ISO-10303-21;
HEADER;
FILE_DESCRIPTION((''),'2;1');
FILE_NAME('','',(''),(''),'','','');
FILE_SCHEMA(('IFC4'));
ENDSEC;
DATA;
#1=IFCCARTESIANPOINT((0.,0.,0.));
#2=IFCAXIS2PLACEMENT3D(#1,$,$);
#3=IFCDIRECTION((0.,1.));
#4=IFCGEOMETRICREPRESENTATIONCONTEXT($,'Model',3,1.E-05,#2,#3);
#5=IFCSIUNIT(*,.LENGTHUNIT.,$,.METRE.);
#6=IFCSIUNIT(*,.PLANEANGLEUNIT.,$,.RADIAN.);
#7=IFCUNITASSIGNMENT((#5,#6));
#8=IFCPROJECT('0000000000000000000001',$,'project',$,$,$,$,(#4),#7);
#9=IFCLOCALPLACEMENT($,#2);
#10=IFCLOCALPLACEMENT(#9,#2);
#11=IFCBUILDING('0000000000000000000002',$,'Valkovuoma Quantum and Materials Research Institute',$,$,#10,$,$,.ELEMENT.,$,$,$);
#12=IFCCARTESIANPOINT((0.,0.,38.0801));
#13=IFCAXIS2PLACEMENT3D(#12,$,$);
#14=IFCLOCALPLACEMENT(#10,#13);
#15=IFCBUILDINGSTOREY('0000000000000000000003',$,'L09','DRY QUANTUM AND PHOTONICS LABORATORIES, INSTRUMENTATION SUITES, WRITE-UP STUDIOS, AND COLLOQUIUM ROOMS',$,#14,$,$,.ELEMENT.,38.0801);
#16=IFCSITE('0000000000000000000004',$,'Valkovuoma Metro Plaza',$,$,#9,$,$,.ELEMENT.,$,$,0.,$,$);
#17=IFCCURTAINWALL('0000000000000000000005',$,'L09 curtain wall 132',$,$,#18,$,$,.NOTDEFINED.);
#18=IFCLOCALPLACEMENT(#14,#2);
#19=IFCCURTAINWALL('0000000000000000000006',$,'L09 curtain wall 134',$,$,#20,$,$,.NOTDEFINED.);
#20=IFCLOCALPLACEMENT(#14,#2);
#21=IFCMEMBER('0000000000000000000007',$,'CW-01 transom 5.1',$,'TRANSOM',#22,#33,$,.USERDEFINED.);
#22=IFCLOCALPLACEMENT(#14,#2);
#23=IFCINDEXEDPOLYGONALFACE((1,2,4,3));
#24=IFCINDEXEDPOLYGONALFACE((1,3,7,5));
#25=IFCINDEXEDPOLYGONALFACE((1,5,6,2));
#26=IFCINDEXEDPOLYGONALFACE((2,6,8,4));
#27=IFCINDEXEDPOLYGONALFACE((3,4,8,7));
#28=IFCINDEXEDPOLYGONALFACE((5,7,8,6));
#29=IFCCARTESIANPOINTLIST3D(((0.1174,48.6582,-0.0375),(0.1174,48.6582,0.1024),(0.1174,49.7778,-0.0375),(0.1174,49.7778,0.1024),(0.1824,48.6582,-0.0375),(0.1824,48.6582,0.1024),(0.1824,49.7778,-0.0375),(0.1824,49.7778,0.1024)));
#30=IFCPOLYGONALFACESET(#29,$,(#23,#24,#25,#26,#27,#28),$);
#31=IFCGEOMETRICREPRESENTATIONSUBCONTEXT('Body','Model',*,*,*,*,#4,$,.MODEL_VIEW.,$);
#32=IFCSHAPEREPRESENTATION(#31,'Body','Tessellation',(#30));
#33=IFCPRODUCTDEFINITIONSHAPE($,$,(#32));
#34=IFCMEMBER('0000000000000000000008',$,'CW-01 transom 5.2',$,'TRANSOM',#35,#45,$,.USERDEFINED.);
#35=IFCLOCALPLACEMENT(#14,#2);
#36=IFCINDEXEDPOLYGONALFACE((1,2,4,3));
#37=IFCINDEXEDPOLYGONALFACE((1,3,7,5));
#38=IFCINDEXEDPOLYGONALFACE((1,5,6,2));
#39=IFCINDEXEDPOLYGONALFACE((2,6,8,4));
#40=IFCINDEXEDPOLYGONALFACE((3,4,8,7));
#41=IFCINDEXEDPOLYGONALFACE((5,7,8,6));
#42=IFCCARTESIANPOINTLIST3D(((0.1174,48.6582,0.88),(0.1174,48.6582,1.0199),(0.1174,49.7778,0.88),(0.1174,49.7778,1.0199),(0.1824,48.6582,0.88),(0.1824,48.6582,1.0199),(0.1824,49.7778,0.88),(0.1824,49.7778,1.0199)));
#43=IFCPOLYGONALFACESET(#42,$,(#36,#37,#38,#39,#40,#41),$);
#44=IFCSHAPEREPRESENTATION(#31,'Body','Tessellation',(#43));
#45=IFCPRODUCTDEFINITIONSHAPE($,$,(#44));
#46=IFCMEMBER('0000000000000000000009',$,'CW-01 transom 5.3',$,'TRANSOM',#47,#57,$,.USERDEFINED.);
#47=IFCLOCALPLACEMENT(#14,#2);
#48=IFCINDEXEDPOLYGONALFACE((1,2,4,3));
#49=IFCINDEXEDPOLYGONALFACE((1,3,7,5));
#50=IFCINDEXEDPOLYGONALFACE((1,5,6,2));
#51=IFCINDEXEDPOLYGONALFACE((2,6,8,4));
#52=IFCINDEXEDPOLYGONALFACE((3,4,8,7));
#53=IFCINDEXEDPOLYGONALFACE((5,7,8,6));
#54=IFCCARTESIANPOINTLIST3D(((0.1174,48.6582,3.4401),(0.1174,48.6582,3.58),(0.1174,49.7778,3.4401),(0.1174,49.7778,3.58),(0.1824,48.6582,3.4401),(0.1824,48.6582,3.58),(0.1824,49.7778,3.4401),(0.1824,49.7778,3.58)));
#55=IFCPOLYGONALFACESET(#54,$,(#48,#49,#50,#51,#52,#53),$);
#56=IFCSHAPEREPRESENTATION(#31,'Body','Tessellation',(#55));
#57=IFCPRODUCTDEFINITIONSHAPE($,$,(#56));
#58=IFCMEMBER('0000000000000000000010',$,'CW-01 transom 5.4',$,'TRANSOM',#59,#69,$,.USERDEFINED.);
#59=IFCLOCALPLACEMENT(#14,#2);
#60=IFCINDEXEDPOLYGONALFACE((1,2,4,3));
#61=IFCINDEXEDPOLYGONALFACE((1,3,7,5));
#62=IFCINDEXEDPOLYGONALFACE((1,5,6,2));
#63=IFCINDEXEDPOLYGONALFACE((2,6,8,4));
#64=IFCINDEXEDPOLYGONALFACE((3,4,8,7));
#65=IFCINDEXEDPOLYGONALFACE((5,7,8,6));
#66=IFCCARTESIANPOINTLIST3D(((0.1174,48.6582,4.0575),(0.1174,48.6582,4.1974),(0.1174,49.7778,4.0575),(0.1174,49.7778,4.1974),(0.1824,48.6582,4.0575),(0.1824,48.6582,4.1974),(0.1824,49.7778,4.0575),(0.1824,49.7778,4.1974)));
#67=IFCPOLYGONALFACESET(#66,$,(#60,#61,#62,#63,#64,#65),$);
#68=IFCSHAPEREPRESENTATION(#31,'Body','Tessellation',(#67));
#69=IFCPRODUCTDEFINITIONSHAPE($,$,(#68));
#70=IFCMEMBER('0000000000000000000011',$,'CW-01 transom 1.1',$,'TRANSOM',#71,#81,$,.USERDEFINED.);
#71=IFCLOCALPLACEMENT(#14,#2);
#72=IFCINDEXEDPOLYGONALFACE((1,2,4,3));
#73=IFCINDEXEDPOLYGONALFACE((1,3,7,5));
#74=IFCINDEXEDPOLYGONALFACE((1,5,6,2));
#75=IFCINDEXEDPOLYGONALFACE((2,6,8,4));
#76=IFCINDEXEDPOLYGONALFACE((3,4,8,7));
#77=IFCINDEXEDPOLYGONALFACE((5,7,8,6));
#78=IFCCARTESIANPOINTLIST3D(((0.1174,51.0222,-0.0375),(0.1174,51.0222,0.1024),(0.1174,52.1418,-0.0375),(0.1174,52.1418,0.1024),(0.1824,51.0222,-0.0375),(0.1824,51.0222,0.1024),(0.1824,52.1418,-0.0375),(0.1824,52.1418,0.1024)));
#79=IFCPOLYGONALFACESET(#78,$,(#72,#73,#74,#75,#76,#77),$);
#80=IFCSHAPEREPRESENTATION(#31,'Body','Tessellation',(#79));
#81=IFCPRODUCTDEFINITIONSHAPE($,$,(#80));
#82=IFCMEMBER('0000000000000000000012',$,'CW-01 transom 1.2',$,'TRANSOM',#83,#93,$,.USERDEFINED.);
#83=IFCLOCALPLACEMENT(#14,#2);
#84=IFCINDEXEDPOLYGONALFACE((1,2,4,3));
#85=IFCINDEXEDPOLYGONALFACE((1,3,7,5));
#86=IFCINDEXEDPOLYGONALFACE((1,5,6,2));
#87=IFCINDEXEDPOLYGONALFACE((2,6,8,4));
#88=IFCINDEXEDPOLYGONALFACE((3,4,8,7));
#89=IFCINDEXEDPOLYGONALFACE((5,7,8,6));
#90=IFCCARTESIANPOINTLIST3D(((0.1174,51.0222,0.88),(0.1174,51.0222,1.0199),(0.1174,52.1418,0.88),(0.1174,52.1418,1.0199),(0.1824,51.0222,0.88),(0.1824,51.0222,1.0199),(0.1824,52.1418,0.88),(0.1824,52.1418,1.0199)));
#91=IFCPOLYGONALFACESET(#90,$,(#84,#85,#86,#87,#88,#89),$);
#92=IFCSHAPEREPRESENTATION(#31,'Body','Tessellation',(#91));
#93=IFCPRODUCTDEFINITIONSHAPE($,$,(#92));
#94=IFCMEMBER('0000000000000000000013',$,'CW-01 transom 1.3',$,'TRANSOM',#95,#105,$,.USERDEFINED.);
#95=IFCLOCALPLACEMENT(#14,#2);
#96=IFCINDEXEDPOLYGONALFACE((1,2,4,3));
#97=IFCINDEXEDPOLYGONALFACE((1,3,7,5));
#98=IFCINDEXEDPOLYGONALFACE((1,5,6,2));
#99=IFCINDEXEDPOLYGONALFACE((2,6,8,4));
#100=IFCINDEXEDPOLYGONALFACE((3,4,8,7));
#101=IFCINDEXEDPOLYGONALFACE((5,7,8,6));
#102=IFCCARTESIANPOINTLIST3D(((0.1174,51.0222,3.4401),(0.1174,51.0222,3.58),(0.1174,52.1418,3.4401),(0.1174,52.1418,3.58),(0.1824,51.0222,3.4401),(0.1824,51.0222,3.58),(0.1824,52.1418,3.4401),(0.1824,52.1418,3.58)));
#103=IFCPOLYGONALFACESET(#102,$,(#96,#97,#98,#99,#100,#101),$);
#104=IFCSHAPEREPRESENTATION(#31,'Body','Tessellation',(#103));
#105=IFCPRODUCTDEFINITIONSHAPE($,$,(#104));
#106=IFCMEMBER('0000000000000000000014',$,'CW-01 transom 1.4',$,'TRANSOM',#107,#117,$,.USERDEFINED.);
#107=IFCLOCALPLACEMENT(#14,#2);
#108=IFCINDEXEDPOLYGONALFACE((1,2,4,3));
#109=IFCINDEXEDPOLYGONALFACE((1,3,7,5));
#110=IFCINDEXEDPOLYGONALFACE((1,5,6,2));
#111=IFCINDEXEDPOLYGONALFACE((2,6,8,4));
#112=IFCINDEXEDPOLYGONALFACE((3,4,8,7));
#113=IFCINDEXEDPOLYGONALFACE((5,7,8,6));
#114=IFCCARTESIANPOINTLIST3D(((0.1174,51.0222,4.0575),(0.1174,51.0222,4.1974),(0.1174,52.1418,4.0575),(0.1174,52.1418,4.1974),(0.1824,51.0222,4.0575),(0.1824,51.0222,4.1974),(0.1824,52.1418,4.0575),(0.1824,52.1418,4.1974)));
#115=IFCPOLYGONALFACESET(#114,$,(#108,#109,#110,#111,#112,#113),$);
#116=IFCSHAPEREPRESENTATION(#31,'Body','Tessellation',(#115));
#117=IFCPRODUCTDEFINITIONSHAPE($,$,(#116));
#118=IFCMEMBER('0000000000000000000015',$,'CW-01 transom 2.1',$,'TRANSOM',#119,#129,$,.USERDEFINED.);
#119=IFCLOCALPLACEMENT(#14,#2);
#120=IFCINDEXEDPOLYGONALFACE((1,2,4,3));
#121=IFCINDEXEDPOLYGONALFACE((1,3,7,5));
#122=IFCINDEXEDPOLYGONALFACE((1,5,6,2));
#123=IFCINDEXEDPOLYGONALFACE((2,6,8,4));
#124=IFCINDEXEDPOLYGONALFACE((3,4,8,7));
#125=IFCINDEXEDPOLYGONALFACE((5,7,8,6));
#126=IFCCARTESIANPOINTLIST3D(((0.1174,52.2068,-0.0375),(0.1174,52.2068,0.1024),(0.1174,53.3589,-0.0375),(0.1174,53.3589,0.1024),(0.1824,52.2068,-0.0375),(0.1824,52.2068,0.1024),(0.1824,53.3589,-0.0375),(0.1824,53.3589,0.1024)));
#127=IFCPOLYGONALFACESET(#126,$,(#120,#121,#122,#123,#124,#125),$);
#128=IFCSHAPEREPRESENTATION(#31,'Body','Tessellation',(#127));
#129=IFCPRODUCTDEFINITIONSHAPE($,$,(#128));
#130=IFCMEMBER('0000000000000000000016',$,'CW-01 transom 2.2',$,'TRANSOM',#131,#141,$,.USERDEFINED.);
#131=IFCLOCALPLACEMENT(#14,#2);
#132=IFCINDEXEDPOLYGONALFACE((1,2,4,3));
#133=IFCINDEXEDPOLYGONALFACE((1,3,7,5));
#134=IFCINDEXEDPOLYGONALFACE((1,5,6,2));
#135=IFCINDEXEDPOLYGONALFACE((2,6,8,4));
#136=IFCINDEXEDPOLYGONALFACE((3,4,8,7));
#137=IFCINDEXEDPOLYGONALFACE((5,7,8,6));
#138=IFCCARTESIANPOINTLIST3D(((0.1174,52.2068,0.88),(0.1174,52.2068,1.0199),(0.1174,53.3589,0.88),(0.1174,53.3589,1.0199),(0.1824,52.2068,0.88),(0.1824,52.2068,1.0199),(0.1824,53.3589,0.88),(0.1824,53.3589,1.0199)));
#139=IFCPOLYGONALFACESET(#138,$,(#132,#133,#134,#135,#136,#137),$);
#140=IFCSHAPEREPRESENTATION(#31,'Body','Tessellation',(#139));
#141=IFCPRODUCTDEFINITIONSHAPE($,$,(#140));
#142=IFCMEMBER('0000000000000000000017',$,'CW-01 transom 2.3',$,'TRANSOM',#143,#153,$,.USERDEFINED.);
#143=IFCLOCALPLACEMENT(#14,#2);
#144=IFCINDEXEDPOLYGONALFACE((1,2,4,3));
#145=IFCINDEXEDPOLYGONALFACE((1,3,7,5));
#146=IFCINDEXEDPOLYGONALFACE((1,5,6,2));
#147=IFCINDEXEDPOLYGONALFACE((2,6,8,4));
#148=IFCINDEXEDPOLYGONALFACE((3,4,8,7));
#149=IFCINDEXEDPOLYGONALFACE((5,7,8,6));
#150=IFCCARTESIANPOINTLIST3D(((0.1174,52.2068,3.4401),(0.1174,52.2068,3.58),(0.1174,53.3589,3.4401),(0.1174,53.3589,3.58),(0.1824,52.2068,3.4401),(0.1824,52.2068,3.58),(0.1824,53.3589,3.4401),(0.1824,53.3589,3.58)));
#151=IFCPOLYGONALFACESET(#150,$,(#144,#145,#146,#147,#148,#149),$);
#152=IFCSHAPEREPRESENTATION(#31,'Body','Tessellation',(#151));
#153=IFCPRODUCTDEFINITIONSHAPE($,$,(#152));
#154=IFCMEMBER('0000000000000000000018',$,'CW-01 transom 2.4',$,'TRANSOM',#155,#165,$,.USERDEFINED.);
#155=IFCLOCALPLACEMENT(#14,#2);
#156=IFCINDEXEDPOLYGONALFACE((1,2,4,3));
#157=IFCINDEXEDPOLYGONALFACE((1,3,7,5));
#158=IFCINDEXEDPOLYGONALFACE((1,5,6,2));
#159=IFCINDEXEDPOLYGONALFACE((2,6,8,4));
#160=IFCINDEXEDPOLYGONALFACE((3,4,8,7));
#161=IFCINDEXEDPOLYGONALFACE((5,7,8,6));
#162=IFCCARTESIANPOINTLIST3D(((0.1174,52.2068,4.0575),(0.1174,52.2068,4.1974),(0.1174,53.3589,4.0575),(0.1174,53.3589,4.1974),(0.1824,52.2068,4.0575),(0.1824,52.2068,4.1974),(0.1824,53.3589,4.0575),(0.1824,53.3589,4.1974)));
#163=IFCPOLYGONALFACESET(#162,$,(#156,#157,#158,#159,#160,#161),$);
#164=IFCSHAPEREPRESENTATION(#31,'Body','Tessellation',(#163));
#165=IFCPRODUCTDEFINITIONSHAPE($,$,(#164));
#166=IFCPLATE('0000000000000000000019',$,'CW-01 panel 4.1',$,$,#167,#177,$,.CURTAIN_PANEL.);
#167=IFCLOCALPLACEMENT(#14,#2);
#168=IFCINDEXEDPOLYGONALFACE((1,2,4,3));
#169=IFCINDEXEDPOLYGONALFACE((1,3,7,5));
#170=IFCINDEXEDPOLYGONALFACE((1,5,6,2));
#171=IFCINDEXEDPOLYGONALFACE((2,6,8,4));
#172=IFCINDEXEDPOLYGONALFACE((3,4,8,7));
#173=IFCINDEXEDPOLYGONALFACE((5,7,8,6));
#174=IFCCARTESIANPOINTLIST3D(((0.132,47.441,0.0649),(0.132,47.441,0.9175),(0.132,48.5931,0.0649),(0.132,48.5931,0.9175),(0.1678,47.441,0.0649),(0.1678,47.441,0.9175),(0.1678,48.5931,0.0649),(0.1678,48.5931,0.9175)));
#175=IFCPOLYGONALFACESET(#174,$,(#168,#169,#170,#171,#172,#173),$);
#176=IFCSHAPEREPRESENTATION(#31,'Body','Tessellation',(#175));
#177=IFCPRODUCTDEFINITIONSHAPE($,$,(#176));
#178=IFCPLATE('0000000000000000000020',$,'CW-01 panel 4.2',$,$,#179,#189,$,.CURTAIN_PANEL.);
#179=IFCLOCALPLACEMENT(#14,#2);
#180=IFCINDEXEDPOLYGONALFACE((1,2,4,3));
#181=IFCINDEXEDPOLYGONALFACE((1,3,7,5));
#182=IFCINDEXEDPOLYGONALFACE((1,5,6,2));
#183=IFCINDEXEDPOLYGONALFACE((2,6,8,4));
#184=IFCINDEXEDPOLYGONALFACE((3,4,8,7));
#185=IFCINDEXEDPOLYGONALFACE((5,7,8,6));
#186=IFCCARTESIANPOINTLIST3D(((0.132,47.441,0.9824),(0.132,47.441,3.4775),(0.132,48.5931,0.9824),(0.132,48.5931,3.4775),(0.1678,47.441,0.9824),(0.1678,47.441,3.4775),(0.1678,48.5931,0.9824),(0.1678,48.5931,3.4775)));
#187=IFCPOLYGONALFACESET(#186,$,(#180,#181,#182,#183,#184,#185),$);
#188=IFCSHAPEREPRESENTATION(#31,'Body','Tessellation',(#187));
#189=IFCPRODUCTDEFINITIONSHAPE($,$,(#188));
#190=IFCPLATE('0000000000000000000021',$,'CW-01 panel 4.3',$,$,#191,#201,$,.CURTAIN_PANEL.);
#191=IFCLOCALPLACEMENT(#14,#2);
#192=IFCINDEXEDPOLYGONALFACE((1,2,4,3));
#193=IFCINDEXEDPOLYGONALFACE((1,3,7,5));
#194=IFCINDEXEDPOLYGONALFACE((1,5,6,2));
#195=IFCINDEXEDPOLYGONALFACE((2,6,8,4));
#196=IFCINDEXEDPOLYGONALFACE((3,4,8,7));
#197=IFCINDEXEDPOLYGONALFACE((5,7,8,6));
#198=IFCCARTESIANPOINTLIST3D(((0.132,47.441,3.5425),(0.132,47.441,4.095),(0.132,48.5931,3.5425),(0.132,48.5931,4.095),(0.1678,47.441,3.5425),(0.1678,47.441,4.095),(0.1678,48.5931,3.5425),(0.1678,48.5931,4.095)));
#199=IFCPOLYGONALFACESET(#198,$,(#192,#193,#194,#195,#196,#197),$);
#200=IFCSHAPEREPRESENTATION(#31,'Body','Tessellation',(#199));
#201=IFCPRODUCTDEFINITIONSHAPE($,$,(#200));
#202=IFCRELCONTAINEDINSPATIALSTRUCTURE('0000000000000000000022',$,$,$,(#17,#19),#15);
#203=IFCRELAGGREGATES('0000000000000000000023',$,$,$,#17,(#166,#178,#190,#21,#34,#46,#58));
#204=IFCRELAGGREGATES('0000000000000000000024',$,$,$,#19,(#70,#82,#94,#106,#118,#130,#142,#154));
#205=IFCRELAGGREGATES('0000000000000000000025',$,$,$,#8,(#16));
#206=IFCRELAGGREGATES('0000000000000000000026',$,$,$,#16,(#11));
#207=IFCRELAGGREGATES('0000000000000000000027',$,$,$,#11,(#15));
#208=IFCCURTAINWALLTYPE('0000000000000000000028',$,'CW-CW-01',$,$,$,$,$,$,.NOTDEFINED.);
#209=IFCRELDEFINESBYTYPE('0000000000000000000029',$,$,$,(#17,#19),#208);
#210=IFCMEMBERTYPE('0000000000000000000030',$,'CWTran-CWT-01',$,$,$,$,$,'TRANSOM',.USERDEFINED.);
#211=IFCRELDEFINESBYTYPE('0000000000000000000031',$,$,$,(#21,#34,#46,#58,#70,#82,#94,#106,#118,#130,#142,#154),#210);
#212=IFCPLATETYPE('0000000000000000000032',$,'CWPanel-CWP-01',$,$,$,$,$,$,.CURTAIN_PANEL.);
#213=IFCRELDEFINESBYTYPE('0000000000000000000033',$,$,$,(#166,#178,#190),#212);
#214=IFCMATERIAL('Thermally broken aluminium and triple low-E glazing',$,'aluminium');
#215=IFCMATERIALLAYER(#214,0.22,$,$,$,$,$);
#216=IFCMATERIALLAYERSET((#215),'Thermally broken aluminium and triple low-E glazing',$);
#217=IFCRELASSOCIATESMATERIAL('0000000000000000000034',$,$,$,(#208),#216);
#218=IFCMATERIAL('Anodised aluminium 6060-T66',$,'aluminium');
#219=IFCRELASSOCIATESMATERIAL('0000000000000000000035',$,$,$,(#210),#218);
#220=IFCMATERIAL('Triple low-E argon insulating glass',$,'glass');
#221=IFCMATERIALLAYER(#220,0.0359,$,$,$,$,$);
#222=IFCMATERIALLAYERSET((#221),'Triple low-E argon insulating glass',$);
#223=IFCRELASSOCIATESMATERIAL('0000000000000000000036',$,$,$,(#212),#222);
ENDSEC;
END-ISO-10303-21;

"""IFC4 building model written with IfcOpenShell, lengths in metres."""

from ifc_helpers import new_model, si_unit, direction, frame, origin, origin_2d, place, context, subcontext, project, spatial, rectangle, extrude, material, layer, layer_set, material_profile, profile_set, type_object, element, aggregate, save


model = new_model("IFC4")

# Units and contexts
model_context = context("Model", 3, precision=1e-05, world=origin(), true_north=direction((0.0, 1.0)))
body_context = subcontext(model_context, "Body", "Model", "MODEL_VIEW")
ifc_project = project(units=[si_unit("LENGTHUNIT", "METRE"), si_unit("PLANEANGLEUNIT", "RADIAN")], contexts=[model_context])

# Site, building, storey
site_placement = place(None, origin())
site = spatial("IfcSite", under=ifc_project, at=site_placement, Name="Valkovuoma Metro Plaza", CompositionType="ELEMENT", RefElevation=0.0)
building_placement = place(site_placement, origin())
building = spatial("IfcBuilding", under=site, at=building_placement, Name="Valkovuoma Quantum and Materials Research Institute", CompositionType="ELEMENT")
storey_placement = place(building_placement, frame((0.0, 0.0, 38.0801)))
storey = spatial("IfcBuildingStorey", under=building, at=storey_placement, Name="L09", Description="DRY QUANTUM AND PHOTONICS LABORATORIES, INSTRUMENTATION SUITES, WRITE-UP STUDIOS, AND COLLOQUIUM ROOMS", CompositionType="ELEMENT", Elevation=38.0801)

# Curtain walls
ifc_material_1 = material(Name="Thermally broken aluminium and triple low-E glazing", Category="aluminium")
ifc_layer_1 = layer(ifc_material_1, 0.22)
ifc_layer_set_1 = layer_set([ifc_layer_1], Name="Thermally broken aluminium and triple low-E glazing")
curtain_wall_type = type_object("IfcCurtainWallType", Name="CW-CW-01", PredefinedType="NOTDEFINED", material=ifc_layer_set_1)
curtain_wall_1_placement = place(storey_placement, origin())
curtain_wall_1 = element("IfcCurtainWall", 1, at=curtain_wall_1_placement, inside=storey, type_object=curtain_wall_type, Name="L09 curtain wall 132", PredefinedType="NOTDEFINED")
curtain_wall_2_placement = place(storey_placement, origin())
curtain_wall_2 = element("IfcCurtainWall", 2, at=curtain_wall_2_placement, inside=storey, type_object=curtain_wall_type, Name="L09 curtain wall 134", PredefinedType="NOTDEFINED")

# Members
ifc_material_2 = material(Name="Anodised aluminium 6060-T66", Category="aluminium")
ifc_material_profile_1 = material_profile(ifc_material_2, rectangle(XDim=0.0649, YDim=0.1399, at=origin_2d()), Name="Anodised aluminium 6060-T66")
ifc_profile_set_1 = profile_set([ifc_material_profile_1], Name="Anodised aluminium 6060-T66")
member_type_1 = type_object("IfcMemberType", Name="CWTran-CWT-01", ElementType="TRANSOM", PredefinedType="USERDEFINED", material=ifc_profile_set_1)
member_1_placement = place(storey_placement, frame((0.1499, 48.6582, 0.0325), z_axis=(0.0, 1.0, 0.0), x_axis=(-1.0, 0.0, 0.0)))
member_1 = element("IfcMember", 3, at=member_1_placement, type_object=member_type_1, Name="CW-01 transom 5.1", ObjectType="TRANSOM", PredefinedType="USERDEFINED", context=body_context, shape_type="SweptSolid", body=[
    extrude(rectangle(XDim=0.0649, YDim=0.1399, at=origin_2d()), origin(), (0.0, 0.0, 1.0), 1.1196),
])
member_2_placement = place(storey_placement, frame((0.1499, 48.6582, 0.95), z_axis=(0.0, 1.0, 0.0), x_axis=(-1.0, 0.0, 0.0)))
member_2 = element("IfcMember", 4, at=member_2_placement, type_object=member_type_1, Name="CW-01 transom 5.2", ObjectType="TRANSOM", PredefinedType="USERDEFINED", context=body_context, shape_type="SweptSolid", body=[
    extrude(rectangle(XDim=0.0649, YDim=0.1399, at=origin_2d()), origin(), (0.0, 0.0, 1.0), 1.1196),
])
member_3_placement = place(storey_placement, frame((0.1499, 48.6582, 3.51), z_axis=(0.0, 1.0, 0.0), x_axis=(-1.0, 0.0, 0.0)))
member_3 = element("IfcMember", 5, at=member_3_placement, type_object=member_type_1, Name="CW-01 transom 5.3", ObjectType="TRANSOM", PredefinedType="USERDEFINED", context=body_context, shape_type="SweptSolid", body=[
    extrude(rectangle(XDim=0.0649, YDim=0.1399, at=origin_2d()), origin(), (0.0, 0.0, 1.0), 1.1196),
])
member_4_placement = place(storey_placement, frame((0.1499, 48.6582, 4.1274), z_axis=(0.0, 1.0, 0.0), x_axis=(-1.0, 0.0, 0.0)))
member_4 = element("IfcMember", 6, at=member_4_placement, type_object=member_type_1, Name="CW-01 transom 5.4", ObjectType="TRANSOM", PredefinedType="USERDEFINED", context=body_context, shape_type="SweptSolid", body=[
    extrude(rectangle(XDim=0.0649, YDim=0.1399, at=origin_2d()), origin(), (0.0, 0.0, 1.0), 1.1196),
])
member_5_placement = place(storey_placement, frame((0.1499, 51.0222, 0.0325), z_axis=(0.0, 1.0, 0.0), x_axis=(-1.0, 0.0, 0.0)))
member_5 = element("IfcMember", 7, at=member_5_placement, type_object=member_type_1, Name="CW-01 transom 1.1", ObjectType="TRANSOM", PredefinedType="USERDEFINED", context=body_context, shape_type="SweptSolid", body=[
    extrude(rectangle(XDim=0.0649, YDim=0.1399, at=origin_2d()), origin(), (0.0, 0.0, 1.0), 1.1196),
])
member_6_placement = place(storey_placement, frame((0.1499, 51.0222, 0.95), z_axis=(0.0, 1.0, 0.0), x_axis=(-1.0, 0.0, 0.0)))
member_6 = element("IfcMember", 8, at=member_6_placement, type_object=member_type_1, Name="CW-01 transom 1.2", ObjectType="TRANSOM", PredefinedType="USERDEFINED", context=body_context, shape_type="SweptSolid", body=[
    extrude(rectangle(XDim=0.0649, YDim=0.1399, at=origin_2d()), origin(), (0.0, 0.0, 1.0), 1.1196),
])
member_7_placement = place(storey_placement, frame((0.1499, 51.0222, 3.51), z_axis=(0.0, 1.0, 0.0), x_axis=(-1.0, 0.0, 0.0)))
member_7 = element("IfcMember", 9, at=member_7_placement, type_object=member_type_1, Name="CW-01 transom 1.3", ObjectType="TRANSOM", PredefinedType="USERDEFINED", context=body_context, shape_type="SweptSolid", body=[
    extrude(rectangle(XDim=0.0649, YDim=0.1399, at=origin_2d()), origin(), (0.0, 0.0, 1.0), 1.1196),
])
member_8_placement = place(storey_placement, frame((0.1499, 51.0222, 4.1274), z_axis=(0.0, 1.0, 0.0), x_axis=(-1.0, 0.0, 0.0)))
member_8 = element("IfcMember", 10, at=member_8_placement, type_object=member_type_1, Name="CW-01 transom 1.4", ObjectType="TRANSOM", PredefinedType="USERDEFINED", context=body_context, shape_type="SweptSolid", body=[
    extrude(rectangle(XDim=0.0649, YDim=0.1399, at=origin_2d()), origin(), (0.0, 0.0, 1.0), 1.1196),
])
member_9_placement = place(storey_placement, frame((0.1499, 52.2068, 0.0325), z_axis=(0.0, 1.0, 0.0), x_axis=(-1.0, 0.0, 0.0)))
member_9 = element("IfcMember", 11, at=member_9_placement, type_object=member_type_1, Name="CW-01 transom 2.1", ObjectType="TRANSOM", PredefinedType="USERDEFINED", context=body_context, shape_type="SweptSolid", body=[
    extrude(rectangle(XDim=0.0649, YDim=0.1399, at=origin_2d()), origin(), (0.0, 0.0, 1.0), 1.1521),
])
member_10_placement = place(storey_placement, frame((0.1499, 52.2068, 0.95), z_axis=(0.0, 1.0, 0.0), x_axis=(-1.0, 0.0, 0.0)))
member_10 = element("IfcMember", 12, at=member_10_placement, type_object=member_type_1, Name="CW-01 transom 2.2", ObjectType="TRANSOM", PredefinedType="USERDEFINED", context=body_context, shape_type="SweptSolid", body=[
    extrude(rectangle(XDim=0.0649, YDim=0.1399, at=origin_2d()), origin(), (0.0, 0.0, 1.0), 1.1521),
])
member_11_placement = place(storey_placement, frame((0.1499, 52.2068, 3.51), z_axis=(0.0, 1.0, 0.0), x_axis=(-1.0, 0.0, 0.0)))
member_11 = element("IfcMember", 13, at=member_11_placement, type_object=member_type_1, Name="CW-01 transom 2.3", ObjectType="TRANSOM", PredefinedType="USERDEFINED", context=body_context, shape_type="SweptSolid", body=[
    extrude(rectangle(XDim=0.0649, YDim=0.1399, at=origin_2d()), origin(), (0.0, 0.0, 1.0), 1.1521),
])
member_12_placement = place(storey_placement, frame((0.1499, 52.2068, 4.1274), z_axis=(0.0, 1.0, 0.0), x_axis=(-1.0, 0.0, 0.0)))
member_12 = element("IfcMember", 14, at=member_12_placement, type_object=member_type_1, Name="CW-01 transom 2.4", ObjectType="TRANSOM", PredefinedType="USERDEFINED", context=body_context, shape_type="SweptSolid", body=[
    extrude(rectangle(XDim=0.0649, YDim=0.1399, at=origin_2d()), origin(), (0.0, 0.0, 1.0), 1.1521),
])

# Plates
ifc_material_3 = material(Name="Triple low-E argon insulating glass", Category="glass")
ifc_layer_2 = layer(ifc_material_3, 0.0359)
ifc_layer_set_2 = layer_set([ifc_layer_2], Name="Triple low-E argon insulating glass")
plate_type = type_object("IfcPlateType", Name="CWPanel-CWP-01", PredefinedType="CURTAIN_PANEL", material=ifc_layer_set_2)
plate_1_placement = place(storey_placement, frame((0.1499, 48.0171, 0.0649), z_axis=(0.0, 0.0, 1.0), x_axis=(0.0, 1.0, 0.0)))
plate_1 = element("IfcPlate", 15, at=plate_1_placement, type_object=plate_type, Name="CW-01 panel 4.1", PredefinedType="CURTAIN_PANEL", context=body_context, shape_type="SweptSolid", body=[
    extrude(rectangle(XDim=1.1521, YDim=0.0359, at=origin_2d()), origin(), (0.0, 0.0, 1.0), 0.8525),
])
plate_2_placement = place(storey_placement, frame((0.1499, 48.0171, 0.9824), z_axis=(0.0, 0.0, 1.0), x_axis=(0.0, 1.0, 0.0)))
plate_2 = element("IfcPlate", 16, at=plate_2_placement, type_object=plate_type, Name="CW-01 panel 4.2", PredefinedType="CURTAIN_PANEL", context=body_context, shape_type="SweptSolid", body=[
    extrude(rectangle(XDim=1.1521, YDim=0.0359, at=origin_2d()), origin(), (0.0, 0.0, 1.0), 2.4951),
])
plate_3_placement = place(storey_placement, frame((0.1499, 48.0171, 3.5425), z_axis=(0.0, 0.0, 1.0), x_axis=(0.0, 1.0, 0.0)))
plate_3 = element("IfcPlate", 17, at=plate_3_placement, type_object=plate_type, Name="CW-01 panel 4.3", PredefinedType="CURTAIN_PANEL", context=body_context, shape_type="SweptSolid", body=[
    extrude(rectangle(XDim=1.1521, YDim=0.0359, at=origin_2d()), origin(), (0.0, 0.0, 1.0), 0.5525),
])
aggregate(curtain_wall_1, [plate_1, plate_2, plate_3, member_1, member_2, member_3, member_4])
aggregate(curtain_wall_2, [member_5, member_6, member_7, member_8, member_9, member_10, member_11, member_12])

save(model, "model.ifc")
